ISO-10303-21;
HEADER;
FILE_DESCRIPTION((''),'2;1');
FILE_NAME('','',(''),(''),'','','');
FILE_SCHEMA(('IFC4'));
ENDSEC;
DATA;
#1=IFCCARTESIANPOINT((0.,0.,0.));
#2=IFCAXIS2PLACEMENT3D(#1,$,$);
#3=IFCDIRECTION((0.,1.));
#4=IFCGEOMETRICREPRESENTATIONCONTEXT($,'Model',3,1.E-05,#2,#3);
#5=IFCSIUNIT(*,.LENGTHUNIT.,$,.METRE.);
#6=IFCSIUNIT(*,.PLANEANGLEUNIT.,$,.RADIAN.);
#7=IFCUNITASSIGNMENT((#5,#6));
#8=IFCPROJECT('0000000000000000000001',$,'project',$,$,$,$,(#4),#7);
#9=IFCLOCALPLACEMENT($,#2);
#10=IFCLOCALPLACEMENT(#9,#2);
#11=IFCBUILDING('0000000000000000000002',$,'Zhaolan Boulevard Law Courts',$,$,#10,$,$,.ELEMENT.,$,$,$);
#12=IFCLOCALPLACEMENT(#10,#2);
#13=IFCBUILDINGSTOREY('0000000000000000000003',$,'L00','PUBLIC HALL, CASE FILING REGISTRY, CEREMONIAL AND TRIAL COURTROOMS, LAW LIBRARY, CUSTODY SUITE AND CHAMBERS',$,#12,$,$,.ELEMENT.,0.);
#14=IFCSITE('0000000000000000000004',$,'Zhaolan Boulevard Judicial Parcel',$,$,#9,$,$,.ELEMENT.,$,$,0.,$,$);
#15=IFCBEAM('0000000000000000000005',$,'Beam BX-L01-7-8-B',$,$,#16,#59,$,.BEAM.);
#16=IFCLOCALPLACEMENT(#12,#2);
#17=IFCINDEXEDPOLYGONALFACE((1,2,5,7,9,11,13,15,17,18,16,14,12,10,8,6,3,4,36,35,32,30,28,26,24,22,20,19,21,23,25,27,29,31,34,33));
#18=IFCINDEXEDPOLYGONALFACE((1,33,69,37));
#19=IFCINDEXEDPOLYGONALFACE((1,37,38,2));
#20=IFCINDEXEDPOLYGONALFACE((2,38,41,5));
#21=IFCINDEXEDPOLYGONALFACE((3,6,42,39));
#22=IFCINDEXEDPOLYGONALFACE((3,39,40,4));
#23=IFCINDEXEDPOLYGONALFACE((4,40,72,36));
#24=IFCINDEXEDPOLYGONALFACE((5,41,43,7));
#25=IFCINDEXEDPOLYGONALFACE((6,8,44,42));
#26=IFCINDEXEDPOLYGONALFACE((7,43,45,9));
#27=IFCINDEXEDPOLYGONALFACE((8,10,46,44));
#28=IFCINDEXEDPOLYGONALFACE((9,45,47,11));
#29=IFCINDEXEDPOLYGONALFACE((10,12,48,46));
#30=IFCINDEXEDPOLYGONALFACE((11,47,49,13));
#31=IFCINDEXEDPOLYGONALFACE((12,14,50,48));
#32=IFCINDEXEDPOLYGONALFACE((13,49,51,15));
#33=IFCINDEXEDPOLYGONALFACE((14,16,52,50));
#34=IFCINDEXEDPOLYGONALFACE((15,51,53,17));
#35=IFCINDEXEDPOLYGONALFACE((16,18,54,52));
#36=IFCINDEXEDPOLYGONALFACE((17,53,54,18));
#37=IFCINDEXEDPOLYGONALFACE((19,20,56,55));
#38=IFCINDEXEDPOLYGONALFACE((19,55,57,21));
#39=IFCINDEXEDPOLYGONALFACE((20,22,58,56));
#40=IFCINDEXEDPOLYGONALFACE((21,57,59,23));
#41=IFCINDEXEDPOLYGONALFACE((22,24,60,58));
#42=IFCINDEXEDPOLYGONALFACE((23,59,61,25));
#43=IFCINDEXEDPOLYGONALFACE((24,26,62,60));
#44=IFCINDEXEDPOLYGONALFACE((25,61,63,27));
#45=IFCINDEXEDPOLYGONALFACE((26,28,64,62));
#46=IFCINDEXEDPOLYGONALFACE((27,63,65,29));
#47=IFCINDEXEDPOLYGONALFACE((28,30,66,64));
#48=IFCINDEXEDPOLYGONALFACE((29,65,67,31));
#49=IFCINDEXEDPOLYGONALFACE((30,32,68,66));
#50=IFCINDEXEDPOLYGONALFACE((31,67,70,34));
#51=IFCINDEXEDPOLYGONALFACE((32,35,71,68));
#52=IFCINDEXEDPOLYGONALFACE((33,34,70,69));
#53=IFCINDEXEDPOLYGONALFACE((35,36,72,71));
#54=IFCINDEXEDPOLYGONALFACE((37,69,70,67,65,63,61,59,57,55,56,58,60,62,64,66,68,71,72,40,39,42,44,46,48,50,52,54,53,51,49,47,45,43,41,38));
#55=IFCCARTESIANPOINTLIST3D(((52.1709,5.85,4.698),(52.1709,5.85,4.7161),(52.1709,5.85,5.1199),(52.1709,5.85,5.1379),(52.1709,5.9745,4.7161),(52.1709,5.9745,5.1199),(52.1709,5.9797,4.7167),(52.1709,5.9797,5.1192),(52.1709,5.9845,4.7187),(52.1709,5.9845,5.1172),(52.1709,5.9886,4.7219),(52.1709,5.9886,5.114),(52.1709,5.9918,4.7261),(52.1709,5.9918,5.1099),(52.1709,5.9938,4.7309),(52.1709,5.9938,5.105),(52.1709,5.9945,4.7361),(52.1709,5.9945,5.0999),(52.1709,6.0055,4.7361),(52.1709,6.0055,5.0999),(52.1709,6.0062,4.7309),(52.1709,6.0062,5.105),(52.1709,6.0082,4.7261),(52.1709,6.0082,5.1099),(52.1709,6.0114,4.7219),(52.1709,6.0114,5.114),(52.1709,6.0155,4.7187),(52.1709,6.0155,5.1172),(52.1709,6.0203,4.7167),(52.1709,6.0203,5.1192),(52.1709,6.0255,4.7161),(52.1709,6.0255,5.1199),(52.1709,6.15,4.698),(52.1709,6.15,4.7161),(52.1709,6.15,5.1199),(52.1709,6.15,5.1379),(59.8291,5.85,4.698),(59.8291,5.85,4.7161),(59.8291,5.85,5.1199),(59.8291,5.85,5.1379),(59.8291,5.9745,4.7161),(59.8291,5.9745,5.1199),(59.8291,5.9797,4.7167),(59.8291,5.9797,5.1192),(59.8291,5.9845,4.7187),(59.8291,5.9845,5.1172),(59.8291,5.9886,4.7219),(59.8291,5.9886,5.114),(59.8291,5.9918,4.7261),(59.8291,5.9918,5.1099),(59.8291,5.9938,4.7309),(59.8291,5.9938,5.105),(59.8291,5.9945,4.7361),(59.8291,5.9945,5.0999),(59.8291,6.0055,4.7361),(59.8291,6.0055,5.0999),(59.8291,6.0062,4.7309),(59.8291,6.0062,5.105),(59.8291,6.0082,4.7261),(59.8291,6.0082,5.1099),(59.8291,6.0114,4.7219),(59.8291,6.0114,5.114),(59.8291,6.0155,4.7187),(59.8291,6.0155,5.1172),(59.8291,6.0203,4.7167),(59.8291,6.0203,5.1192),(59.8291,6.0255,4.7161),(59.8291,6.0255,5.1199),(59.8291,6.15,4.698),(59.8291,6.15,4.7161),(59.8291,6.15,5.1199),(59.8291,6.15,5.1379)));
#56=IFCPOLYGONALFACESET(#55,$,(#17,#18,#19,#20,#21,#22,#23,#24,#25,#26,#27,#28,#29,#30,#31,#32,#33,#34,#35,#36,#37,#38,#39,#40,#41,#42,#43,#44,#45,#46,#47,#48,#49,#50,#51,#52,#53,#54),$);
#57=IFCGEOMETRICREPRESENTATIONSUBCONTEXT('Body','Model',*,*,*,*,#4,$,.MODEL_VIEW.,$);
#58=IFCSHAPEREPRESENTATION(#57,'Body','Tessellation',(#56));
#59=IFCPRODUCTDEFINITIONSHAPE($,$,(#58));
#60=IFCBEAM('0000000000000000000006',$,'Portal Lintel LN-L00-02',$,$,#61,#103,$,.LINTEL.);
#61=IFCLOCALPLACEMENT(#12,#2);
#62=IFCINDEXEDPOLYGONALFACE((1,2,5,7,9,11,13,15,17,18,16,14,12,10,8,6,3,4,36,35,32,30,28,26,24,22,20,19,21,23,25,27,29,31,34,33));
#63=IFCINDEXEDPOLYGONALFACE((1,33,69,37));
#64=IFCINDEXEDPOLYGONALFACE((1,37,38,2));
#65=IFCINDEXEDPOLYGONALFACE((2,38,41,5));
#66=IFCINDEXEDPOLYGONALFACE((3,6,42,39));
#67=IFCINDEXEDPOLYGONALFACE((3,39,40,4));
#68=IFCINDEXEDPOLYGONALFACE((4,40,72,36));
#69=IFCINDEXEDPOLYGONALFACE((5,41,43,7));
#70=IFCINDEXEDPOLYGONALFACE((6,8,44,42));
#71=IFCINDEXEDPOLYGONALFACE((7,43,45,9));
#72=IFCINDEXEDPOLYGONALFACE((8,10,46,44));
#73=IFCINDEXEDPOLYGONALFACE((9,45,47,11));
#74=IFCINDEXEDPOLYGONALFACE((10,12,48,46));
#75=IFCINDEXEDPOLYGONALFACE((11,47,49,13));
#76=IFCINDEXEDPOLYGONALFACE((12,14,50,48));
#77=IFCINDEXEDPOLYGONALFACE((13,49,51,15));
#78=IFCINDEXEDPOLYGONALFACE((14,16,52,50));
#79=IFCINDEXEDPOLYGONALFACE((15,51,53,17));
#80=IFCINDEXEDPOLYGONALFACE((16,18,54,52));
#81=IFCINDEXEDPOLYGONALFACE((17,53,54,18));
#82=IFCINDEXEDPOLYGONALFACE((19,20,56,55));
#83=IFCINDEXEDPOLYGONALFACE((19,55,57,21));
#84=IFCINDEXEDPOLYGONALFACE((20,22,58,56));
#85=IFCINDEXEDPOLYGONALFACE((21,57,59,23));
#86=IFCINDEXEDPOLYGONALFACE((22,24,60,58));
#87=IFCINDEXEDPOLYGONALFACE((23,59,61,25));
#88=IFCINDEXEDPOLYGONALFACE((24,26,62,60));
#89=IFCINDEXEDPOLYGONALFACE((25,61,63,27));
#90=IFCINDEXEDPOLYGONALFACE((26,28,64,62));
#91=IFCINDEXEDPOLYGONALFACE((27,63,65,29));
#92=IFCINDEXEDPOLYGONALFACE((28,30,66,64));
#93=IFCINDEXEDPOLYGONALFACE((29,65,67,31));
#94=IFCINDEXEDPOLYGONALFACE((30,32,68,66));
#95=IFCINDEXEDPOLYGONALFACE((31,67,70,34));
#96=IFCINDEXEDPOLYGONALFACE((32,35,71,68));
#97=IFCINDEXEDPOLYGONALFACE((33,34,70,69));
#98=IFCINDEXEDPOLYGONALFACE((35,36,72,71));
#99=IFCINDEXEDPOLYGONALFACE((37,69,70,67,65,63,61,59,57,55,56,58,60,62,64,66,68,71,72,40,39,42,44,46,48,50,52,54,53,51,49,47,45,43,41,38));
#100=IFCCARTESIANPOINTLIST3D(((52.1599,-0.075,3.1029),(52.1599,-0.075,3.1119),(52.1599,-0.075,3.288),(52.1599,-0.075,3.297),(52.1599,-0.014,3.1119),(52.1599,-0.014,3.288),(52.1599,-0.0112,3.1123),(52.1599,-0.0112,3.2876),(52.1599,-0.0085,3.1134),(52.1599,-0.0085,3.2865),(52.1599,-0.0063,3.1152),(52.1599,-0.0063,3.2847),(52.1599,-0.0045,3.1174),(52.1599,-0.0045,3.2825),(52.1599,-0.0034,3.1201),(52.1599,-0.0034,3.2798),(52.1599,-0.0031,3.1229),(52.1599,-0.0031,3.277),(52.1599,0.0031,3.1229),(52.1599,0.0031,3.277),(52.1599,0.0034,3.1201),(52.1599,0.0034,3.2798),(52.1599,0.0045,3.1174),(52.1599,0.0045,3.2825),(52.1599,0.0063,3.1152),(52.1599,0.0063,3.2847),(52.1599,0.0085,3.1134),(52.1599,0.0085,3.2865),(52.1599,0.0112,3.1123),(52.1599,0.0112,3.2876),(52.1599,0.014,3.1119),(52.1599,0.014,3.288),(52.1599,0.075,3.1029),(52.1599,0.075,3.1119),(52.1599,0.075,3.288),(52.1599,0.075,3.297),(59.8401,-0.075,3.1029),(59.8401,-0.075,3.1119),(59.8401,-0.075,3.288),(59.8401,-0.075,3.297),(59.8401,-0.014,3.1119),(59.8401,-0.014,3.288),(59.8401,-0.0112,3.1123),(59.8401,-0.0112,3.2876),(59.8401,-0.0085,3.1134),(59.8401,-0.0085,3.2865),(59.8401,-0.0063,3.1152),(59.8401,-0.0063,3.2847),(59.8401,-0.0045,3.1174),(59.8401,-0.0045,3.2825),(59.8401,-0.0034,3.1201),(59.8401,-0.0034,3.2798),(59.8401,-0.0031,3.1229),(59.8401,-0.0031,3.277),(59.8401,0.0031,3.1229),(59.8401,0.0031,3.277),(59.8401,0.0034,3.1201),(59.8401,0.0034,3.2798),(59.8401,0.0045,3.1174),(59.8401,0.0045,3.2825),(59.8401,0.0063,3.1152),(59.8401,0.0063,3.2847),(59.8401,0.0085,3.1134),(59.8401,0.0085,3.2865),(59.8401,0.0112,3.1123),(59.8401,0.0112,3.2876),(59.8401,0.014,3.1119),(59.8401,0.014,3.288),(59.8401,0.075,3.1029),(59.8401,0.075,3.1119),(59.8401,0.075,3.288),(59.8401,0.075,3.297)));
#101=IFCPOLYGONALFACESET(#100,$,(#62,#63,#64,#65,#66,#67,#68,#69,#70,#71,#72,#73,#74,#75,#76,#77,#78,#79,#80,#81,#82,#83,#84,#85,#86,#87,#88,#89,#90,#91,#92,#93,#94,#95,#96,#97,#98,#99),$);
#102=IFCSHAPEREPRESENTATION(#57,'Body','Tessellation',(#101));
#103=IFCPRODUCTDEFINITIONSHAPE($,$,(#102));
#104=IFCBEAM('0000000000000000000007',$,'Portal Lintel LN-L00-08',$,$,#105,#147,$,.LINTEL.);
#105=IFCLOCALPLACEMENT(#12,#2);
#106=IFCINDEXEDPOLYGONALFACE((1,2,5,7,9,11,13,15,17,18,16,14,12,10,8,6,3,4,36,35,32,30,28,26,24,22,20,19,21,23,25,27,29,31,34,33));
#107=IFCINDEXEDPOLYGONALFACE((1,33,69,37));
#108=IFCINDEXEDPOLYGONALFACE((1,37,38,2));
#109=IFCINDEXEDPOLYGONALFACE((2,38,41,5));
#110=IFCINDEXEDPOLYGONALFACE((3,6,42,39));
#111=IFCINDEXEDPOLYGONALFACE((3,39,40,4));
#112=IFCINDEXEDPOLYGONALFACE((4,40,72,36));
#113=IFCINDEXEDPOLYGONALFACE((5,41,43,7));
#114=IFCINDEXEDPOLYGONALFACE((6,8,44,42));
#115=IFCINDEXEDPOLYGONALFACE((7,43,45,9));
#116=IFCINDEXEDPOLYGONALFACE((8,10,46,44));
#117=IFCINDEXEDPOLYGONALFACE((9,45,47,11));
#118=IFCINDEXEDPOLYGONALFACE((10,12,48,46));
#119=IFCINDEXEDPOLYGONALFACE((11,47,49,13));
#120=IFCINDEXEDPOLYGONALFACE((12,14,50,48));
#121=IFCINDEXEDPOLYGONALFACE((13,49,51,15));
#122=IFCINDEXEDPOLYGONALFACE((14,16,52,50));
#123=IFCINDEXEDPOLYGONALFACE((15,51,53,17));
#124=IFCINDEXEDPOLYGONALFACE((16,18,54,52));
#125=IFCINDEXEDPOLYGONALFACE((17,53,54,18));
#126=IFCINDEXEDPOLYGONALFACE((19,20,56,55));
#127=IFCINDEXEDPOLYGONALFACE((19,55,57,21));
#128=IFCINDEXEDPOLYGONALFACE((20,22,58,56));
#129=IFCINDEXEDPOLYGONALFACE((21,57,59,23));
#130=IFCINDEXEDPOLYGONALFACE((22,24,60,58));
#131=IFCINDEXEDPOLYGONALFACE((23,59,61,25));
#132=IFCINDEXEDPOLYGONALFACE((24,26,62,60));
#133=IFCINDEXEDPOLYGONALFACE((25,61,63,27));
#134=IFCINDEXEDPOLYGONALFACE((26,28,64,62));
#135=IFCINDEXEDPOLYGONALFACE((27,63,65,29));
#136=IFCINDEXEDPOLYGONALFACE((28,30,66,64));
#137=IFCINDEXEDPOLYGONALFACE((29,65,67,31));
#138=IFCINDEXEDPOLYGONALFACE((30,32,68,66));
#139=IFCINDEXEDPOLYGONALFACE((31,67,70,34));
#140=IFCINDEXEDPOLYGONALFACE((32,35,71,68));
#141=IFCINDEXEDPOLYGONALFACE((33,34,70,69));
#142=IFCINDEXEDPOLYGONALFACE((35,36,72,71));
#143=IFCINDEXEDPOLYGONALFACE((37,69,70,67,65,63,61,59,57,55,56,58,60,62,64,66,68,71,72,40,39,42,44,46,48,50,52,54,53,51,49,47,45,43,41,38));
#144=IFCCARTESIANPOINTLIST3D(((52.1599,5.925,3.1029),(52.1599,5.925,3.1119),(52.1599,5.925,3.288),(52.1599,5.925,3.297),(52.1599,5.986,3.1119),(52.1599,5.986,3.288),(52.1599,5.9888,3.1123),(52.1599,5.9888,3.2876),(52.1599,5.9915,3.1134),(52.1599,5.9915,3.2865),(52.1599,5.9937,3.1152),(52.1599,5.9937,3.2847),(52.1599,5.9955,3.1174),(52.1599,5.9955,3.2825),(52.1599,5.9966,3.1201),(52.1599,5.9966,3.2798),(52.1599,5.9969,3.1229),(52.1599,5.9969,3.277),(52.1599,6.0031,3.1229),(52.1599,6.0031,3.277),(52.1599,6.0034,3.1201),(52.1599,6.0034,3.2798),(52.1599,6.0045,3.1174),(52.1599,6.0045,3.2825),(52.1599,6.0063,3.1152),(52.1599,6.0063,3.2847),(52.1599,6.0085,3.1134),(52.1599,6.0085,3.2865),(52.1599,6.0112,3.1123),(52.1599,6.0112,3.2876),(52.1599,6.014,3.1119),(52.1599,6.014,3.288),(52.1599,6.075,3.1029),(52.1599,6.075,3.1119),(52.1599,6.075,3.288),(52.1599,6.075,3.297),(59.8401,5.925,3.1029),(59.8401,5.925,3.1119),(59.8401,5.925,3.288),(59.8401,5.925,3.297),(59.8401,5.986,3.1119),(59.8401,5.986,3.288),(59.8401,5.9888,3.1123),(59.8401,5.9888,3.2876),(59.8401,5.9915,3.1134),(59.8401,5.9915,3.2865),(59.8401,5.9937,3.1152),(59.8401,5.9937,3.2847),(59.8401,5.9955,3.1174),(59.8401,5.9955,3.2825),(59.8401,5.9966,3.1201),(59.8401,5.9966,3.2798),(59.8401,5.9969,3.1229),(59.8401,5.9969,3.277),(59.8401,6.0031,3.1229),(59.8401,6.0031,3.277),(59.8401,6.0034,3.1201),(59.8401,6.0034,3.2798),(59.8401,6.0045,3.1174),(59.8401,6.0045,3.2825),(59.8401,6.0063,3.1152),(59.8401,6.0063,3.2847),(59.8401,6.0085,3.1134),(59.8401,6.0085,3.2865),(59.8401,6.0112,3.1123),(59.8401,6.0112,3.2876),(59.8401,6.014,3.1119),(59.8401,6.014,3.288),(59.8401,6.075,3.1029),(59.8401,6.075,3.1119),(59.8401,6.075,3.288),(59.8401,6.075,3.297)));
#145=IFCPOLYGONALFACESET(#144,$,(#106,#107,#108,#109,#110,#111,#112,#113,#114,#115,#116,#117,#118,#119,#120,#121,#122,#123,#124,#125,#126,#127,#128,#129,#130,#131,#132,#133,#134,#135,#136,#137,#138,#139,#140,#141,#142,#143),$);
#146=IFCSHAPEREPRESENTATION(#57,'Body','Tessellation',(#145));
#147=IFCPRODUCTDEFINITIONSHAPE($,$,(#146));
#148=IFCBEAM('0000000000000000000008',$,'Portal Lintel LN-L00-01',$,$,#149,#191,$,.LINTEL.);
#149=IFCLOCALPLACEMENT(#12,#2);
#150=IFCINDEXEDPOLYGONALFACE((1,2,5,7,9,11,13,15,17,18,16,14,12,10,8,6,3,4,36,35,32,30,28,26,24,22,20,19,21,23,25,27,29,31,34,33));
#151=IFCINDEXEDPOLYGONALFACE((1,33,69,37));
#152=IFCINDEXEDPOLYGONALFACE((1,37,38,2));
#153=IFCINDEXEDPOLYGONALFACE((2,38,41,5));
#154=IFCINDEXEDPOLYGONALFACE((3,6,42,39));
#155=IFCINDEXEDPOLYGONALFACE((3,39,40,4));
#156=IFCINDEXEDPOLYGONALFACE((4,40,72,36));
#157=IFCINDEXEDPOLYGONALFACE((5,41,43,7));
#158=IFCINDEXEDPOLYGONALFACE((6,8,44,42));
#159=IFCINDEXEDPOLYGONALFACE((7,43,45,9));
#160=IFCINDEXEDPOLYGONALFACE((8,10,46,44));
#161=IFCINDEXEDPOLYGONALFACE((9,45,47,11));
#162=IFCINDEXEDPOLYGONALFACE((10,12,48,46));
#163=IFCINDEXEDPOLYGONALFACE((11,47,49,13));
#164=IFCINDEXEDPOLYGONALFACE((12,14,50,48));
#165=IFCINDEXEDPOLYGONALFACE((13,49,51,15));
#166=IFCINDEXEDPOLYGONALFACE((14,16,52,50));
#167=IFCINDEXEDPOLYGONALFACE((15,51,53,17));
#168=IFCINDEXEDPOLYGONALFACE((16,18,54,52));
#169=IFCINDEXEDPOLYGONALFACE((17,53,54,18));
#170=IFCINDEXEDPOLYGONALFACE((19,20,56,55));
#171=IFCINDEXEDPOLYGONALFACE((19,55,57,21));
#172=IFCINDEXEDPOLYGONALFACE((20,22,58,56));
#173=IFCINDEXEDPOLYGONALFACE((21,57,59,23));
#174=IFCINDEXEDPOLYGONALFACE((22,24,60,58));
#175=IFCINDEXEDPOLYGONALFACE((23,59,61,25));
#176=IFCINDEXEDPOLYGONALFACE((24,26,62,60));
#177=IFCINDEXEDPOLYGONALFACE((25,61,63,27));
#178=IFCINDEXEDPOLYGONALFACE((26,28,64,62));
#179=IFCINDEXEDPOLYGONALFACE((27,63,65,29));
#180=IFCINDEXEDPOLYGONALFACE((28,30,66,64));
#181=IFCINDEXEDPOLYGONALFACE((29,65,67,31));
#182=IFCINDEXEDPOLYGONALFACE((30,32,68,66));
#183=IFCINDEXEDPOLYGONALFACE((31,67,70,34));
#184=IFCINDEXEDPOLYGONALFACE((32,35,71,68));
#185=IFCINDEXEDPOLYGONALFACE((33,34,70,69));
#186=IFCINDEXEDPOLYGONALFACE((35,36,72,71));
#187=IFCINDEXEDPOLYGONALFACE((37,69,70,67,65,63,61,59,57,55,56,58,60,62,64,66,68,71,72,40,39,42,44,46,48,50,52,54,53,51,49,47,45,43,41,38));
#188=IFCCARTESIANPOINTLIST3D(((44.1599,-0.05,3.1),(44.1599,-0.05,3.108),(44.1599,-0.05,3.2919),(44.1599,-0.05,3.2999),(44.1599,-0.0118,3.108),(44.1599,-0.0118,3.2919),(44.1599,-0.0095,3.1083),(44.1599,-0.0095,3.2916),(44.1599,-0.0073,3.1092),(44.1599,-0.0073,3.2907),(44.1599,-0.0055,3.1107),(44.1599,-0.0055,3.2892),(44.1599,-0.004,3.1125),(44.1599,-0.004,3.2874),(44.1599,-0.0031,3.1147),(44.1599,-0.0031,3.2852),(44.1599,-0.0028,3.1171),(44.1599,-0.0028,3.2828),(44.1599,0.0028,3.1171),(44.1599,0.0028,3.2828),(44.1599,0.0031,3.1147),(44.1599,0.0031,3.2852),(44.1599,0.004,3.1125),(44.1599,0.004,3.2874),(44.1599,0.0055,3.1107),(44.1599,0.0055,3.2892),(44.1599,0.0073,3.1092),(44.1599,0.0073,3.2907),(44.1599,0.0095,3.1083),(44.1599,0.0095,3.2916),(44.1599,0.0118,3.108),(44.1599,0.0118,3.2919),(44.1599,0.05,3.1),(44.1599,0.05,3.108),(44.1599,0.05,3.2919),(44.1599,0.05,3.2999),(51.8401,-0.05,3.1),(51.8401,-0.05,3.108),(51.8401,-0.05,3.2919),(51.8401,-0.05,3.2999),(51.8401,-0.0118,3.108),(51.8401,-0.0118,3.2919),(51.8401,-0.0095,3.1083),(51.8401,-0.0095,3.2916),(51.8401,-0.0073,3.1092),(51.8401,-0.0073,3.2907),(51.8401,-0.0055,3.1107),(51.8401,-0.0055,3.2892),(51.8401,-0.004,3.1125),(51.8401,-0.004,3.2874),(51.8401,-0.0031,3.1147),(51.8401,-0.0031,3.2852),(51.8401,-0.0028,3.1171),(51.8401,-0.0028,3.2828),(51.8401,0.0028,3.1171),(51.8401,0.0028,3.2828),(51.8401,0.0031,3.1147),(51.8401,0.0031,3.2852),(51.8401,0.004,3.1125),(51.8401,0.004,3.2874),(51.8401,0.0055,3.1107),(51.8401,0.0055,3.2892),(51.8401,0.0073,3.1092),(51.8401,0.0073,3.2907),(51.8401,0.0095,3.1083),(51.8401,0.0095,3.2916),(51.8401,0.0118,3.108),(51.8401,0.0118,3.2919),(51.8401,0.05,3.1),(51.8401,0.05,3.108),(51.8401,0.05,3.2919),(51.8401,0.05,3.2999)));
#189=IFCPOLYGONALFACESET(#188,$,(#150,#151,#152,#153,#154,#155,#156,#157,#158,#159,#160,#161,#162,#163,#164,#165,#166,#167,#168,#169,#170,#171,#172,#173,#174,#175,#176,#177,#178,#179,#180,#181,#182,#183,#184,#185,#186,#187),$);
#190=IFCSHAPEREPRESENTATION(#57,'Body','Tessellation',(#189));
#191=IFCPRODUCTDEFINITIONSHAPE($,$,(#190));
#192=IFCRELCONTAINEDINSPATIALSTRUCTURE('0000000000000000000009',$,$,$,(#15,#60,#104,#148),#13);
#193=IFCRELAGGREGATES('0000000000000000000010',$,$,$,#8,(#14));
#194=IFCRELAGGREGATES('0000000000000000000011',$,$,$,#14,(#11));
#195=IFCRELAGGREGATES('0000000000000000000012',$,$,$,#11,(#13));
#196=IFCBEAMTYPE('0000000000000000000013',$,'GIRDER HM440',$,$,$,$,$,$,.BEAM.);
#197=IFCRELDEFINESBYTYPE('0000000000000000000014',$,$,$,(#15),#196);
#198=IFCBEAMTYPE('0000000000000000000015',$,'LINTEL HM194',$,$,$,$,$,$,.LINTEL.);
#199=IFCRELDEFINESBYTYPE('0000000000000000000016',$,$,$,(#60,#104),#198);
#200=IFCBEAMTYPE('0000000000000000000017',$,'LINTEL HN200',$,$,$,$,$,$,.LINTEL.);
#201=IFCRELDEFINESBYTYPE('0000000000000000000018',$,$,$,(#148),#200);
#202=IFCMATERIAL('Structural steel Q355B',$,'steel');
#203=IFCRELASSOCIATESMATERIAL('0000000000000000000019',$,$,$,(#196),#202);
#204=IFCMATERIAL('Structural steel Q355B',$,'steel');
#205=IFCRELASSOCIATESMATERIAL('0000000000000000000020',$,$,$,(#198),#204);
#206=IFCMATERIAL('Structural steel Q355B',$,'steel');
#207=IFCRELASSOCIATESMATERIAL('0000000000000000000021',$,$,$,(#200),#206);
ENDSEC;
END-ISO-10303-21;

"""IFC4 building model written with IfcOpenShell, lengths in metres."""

from ifc_helpers import new_model, si_unit, direction, frame, origin, origin_2d, place, context, subcontext, project, spatial, i_section, extrude, material, material_profile, profile_set, type_object, element, save


model = new_model("IFC4")

# Units and contexts
model_context = context("Model", 3, precision=1e-05, world=origin(), true_north=direction((0.0, 1.0)))
body_context = subcontext(model_context, "Body", "Model", "MODEL_VIEW")
ifc_project = project(units=[si_unit("LENGTHUNIT", "METRE"), si_unit("PLANEANGLEUNIT", "RADIAN")], contexts=[model_context])

# Site, building, storey
site_placement = place(None, origin())
site = spatial("IfcSite", under=ifc_project, at=site_placement, Name="Zhaolan Boulevard Judicial Parcel", CompositionType="ELEMENT", RefElevation=0.0)
building_placement = place(site_placement, origin())
building = spatial("IfcBuilding", under=site, at=building_placement, Name="Zhaolan Boulevard Law Courts", CompositionType="ELEMENT")
storey_placement = place(building_placement, origin())
storey = spatial("IfcBuildingStorey", under=building, at=storey_placement, Name="L00", Description="PUBLIC HALL, CASE FILING REGISTRY, CEREMONIAL AND TRIAL COURTROOMS, LAW LIBRARY, CUSTODY SUITE AND CHAMBERS", CompositionType="ELEMENT", Elevation=0.0)

# Beams
ifc_material_1 = material(Name="Structural steel Q355B", Category="steel")
ifc_material_profile_1 = material_profile(ifc_material_1, i_section(OverallWidth=0.3, OverallDepth=0.4399, WebThickness=0.011, FlangeThickness=0.0181, FilletRadius=0.02, at=origin_2d()), Name="HM440x300")
ifc_profile_set_1 = profile_set([ifc_material_profile_1], Name="Structural steel Q355B")
beam_type_1 = type_object("IfcBeamType", Name="GIRDER HM440", PredefinedType="BEAM", material=ifc_profile_set_1)
for number, where, z_axis, x_axis, name in (
    (1, (52.1709, 6.0, 4.918), (1.0, 0.0, 0.0), (0.0, 1.0, 0.0), "Beam BX-L01-7-8-B"),
):
    element("IfcBeam", number, at=place(storey_placement, frame(where, z_axis=z_axis, x_axis=x_axis)), inside=storey, type_object=beam_type_1, Name=name, PredefinedType="BEAM", context=body_context, shape_type="SweptSolid", body=[
        extrude(i_section(OverallWidth=0.3, OverallDepth=0.4399, WebThickness=0.011, FlangeThickness=0.0181, FilletRadius=0.02, at=origin_2d()), origin(), (0.0, 0.0, 1.0), 7.6582),
    ])
ifc_material_2 = material(Name="Structural steel Q355B", Category="steel")
ifc_material_profile_2 = material_profile(ifc_material_2, i_section(OverallWidth=0.1499, OverallDepth=0.1941, WebThickness=0.0061, FlangeThickness=0.009, FilletRadius=0.011, at=origin_2d()), Name="HM194x150")
ifc_profile_set_2 = profile_set([ifc_material_profile_2], Name="Structural steel Q355B")
beam_type_2 = type_object("IfcBeamType", Name="LINTEL HM194", PredefinedType="LINTEL", material=ifc_profile_set_2)
for number, where, z_axis, x_axis, name in (
    (2, (52.1599, 0.0, 3.2), (1.0, 0.0, 0.0), (0.0, 1.0, 0.0), "Portal Lintel LN-L00-02"),
    (3, (52.1599, 6.0, 3.2), (1.0, 0.0, 0.0), (0.0, 1.0, 0.0), "Portal Lintel LN-L00-08"),
):
    element("IfcBeam", number, at=place(storey_placement, frame(where, z_axis=z_axis, x_axis=x_axis)), inside=storey, type_object=beam_type_2, Name=name, PredefinedType="LINTEL", context=body_context, shape_type="SweptSolid", body=[
        extrude(i_section(OverallWidth=0.1499, OverallDepth=0.1941, WebThickness=0.0061, FlangeThickness=0.009, FilletRadius=0.011, at=origin_2d()), origin(), (0.0, 0.0, 1.0), 7.6802),
    ])
ifc_material_3 = material(Name="Structural steel Q355B", Category="steel")
ifc_material_profile_3 = material_profile(ifc_material_3, i_section(OverallWidth=0.1001, OverallDepth=0.2, WebThickness=0.0056, FlangeThickness=0.0081, FilletRadius=0.009, at=origin_2d()), Name="HN200x100")
ifc_profile_set_3 = profile_set([ifc_material_profile_3], Name="Structural steel Q355B")
beam_type_3 = type_object("IfcBeamType", Name="LINTEL HN200", PredefinedType="LINTEL", material=ifc_profile_set_3)
beam_placement = place(storey_placement, frame((44.1599, 0.0, 3.2), z_axis=(1.0, 0.0, 0.0), x_axis=(0.0, 1.0, 0.0)))
element("IfcBeam", 4, at=beam_placement, inside=storey, type_object=beam_type_3, Name="Portal Lintel LN-L00-01", PredefinedType="LINTEL", context=body_context, shape_type="SweptSolid", body=[
    extrude(i_section(OverallWidth=0.1001, OverallDepth=0.2, WebThickness=0.0056, FlangeThickness=0.0081, FilletRadius=0.009, at=origin_2d()), origin(), (0.0, 0.0, 1.0), 7.6802),
])

save(model, "model.ifc")
